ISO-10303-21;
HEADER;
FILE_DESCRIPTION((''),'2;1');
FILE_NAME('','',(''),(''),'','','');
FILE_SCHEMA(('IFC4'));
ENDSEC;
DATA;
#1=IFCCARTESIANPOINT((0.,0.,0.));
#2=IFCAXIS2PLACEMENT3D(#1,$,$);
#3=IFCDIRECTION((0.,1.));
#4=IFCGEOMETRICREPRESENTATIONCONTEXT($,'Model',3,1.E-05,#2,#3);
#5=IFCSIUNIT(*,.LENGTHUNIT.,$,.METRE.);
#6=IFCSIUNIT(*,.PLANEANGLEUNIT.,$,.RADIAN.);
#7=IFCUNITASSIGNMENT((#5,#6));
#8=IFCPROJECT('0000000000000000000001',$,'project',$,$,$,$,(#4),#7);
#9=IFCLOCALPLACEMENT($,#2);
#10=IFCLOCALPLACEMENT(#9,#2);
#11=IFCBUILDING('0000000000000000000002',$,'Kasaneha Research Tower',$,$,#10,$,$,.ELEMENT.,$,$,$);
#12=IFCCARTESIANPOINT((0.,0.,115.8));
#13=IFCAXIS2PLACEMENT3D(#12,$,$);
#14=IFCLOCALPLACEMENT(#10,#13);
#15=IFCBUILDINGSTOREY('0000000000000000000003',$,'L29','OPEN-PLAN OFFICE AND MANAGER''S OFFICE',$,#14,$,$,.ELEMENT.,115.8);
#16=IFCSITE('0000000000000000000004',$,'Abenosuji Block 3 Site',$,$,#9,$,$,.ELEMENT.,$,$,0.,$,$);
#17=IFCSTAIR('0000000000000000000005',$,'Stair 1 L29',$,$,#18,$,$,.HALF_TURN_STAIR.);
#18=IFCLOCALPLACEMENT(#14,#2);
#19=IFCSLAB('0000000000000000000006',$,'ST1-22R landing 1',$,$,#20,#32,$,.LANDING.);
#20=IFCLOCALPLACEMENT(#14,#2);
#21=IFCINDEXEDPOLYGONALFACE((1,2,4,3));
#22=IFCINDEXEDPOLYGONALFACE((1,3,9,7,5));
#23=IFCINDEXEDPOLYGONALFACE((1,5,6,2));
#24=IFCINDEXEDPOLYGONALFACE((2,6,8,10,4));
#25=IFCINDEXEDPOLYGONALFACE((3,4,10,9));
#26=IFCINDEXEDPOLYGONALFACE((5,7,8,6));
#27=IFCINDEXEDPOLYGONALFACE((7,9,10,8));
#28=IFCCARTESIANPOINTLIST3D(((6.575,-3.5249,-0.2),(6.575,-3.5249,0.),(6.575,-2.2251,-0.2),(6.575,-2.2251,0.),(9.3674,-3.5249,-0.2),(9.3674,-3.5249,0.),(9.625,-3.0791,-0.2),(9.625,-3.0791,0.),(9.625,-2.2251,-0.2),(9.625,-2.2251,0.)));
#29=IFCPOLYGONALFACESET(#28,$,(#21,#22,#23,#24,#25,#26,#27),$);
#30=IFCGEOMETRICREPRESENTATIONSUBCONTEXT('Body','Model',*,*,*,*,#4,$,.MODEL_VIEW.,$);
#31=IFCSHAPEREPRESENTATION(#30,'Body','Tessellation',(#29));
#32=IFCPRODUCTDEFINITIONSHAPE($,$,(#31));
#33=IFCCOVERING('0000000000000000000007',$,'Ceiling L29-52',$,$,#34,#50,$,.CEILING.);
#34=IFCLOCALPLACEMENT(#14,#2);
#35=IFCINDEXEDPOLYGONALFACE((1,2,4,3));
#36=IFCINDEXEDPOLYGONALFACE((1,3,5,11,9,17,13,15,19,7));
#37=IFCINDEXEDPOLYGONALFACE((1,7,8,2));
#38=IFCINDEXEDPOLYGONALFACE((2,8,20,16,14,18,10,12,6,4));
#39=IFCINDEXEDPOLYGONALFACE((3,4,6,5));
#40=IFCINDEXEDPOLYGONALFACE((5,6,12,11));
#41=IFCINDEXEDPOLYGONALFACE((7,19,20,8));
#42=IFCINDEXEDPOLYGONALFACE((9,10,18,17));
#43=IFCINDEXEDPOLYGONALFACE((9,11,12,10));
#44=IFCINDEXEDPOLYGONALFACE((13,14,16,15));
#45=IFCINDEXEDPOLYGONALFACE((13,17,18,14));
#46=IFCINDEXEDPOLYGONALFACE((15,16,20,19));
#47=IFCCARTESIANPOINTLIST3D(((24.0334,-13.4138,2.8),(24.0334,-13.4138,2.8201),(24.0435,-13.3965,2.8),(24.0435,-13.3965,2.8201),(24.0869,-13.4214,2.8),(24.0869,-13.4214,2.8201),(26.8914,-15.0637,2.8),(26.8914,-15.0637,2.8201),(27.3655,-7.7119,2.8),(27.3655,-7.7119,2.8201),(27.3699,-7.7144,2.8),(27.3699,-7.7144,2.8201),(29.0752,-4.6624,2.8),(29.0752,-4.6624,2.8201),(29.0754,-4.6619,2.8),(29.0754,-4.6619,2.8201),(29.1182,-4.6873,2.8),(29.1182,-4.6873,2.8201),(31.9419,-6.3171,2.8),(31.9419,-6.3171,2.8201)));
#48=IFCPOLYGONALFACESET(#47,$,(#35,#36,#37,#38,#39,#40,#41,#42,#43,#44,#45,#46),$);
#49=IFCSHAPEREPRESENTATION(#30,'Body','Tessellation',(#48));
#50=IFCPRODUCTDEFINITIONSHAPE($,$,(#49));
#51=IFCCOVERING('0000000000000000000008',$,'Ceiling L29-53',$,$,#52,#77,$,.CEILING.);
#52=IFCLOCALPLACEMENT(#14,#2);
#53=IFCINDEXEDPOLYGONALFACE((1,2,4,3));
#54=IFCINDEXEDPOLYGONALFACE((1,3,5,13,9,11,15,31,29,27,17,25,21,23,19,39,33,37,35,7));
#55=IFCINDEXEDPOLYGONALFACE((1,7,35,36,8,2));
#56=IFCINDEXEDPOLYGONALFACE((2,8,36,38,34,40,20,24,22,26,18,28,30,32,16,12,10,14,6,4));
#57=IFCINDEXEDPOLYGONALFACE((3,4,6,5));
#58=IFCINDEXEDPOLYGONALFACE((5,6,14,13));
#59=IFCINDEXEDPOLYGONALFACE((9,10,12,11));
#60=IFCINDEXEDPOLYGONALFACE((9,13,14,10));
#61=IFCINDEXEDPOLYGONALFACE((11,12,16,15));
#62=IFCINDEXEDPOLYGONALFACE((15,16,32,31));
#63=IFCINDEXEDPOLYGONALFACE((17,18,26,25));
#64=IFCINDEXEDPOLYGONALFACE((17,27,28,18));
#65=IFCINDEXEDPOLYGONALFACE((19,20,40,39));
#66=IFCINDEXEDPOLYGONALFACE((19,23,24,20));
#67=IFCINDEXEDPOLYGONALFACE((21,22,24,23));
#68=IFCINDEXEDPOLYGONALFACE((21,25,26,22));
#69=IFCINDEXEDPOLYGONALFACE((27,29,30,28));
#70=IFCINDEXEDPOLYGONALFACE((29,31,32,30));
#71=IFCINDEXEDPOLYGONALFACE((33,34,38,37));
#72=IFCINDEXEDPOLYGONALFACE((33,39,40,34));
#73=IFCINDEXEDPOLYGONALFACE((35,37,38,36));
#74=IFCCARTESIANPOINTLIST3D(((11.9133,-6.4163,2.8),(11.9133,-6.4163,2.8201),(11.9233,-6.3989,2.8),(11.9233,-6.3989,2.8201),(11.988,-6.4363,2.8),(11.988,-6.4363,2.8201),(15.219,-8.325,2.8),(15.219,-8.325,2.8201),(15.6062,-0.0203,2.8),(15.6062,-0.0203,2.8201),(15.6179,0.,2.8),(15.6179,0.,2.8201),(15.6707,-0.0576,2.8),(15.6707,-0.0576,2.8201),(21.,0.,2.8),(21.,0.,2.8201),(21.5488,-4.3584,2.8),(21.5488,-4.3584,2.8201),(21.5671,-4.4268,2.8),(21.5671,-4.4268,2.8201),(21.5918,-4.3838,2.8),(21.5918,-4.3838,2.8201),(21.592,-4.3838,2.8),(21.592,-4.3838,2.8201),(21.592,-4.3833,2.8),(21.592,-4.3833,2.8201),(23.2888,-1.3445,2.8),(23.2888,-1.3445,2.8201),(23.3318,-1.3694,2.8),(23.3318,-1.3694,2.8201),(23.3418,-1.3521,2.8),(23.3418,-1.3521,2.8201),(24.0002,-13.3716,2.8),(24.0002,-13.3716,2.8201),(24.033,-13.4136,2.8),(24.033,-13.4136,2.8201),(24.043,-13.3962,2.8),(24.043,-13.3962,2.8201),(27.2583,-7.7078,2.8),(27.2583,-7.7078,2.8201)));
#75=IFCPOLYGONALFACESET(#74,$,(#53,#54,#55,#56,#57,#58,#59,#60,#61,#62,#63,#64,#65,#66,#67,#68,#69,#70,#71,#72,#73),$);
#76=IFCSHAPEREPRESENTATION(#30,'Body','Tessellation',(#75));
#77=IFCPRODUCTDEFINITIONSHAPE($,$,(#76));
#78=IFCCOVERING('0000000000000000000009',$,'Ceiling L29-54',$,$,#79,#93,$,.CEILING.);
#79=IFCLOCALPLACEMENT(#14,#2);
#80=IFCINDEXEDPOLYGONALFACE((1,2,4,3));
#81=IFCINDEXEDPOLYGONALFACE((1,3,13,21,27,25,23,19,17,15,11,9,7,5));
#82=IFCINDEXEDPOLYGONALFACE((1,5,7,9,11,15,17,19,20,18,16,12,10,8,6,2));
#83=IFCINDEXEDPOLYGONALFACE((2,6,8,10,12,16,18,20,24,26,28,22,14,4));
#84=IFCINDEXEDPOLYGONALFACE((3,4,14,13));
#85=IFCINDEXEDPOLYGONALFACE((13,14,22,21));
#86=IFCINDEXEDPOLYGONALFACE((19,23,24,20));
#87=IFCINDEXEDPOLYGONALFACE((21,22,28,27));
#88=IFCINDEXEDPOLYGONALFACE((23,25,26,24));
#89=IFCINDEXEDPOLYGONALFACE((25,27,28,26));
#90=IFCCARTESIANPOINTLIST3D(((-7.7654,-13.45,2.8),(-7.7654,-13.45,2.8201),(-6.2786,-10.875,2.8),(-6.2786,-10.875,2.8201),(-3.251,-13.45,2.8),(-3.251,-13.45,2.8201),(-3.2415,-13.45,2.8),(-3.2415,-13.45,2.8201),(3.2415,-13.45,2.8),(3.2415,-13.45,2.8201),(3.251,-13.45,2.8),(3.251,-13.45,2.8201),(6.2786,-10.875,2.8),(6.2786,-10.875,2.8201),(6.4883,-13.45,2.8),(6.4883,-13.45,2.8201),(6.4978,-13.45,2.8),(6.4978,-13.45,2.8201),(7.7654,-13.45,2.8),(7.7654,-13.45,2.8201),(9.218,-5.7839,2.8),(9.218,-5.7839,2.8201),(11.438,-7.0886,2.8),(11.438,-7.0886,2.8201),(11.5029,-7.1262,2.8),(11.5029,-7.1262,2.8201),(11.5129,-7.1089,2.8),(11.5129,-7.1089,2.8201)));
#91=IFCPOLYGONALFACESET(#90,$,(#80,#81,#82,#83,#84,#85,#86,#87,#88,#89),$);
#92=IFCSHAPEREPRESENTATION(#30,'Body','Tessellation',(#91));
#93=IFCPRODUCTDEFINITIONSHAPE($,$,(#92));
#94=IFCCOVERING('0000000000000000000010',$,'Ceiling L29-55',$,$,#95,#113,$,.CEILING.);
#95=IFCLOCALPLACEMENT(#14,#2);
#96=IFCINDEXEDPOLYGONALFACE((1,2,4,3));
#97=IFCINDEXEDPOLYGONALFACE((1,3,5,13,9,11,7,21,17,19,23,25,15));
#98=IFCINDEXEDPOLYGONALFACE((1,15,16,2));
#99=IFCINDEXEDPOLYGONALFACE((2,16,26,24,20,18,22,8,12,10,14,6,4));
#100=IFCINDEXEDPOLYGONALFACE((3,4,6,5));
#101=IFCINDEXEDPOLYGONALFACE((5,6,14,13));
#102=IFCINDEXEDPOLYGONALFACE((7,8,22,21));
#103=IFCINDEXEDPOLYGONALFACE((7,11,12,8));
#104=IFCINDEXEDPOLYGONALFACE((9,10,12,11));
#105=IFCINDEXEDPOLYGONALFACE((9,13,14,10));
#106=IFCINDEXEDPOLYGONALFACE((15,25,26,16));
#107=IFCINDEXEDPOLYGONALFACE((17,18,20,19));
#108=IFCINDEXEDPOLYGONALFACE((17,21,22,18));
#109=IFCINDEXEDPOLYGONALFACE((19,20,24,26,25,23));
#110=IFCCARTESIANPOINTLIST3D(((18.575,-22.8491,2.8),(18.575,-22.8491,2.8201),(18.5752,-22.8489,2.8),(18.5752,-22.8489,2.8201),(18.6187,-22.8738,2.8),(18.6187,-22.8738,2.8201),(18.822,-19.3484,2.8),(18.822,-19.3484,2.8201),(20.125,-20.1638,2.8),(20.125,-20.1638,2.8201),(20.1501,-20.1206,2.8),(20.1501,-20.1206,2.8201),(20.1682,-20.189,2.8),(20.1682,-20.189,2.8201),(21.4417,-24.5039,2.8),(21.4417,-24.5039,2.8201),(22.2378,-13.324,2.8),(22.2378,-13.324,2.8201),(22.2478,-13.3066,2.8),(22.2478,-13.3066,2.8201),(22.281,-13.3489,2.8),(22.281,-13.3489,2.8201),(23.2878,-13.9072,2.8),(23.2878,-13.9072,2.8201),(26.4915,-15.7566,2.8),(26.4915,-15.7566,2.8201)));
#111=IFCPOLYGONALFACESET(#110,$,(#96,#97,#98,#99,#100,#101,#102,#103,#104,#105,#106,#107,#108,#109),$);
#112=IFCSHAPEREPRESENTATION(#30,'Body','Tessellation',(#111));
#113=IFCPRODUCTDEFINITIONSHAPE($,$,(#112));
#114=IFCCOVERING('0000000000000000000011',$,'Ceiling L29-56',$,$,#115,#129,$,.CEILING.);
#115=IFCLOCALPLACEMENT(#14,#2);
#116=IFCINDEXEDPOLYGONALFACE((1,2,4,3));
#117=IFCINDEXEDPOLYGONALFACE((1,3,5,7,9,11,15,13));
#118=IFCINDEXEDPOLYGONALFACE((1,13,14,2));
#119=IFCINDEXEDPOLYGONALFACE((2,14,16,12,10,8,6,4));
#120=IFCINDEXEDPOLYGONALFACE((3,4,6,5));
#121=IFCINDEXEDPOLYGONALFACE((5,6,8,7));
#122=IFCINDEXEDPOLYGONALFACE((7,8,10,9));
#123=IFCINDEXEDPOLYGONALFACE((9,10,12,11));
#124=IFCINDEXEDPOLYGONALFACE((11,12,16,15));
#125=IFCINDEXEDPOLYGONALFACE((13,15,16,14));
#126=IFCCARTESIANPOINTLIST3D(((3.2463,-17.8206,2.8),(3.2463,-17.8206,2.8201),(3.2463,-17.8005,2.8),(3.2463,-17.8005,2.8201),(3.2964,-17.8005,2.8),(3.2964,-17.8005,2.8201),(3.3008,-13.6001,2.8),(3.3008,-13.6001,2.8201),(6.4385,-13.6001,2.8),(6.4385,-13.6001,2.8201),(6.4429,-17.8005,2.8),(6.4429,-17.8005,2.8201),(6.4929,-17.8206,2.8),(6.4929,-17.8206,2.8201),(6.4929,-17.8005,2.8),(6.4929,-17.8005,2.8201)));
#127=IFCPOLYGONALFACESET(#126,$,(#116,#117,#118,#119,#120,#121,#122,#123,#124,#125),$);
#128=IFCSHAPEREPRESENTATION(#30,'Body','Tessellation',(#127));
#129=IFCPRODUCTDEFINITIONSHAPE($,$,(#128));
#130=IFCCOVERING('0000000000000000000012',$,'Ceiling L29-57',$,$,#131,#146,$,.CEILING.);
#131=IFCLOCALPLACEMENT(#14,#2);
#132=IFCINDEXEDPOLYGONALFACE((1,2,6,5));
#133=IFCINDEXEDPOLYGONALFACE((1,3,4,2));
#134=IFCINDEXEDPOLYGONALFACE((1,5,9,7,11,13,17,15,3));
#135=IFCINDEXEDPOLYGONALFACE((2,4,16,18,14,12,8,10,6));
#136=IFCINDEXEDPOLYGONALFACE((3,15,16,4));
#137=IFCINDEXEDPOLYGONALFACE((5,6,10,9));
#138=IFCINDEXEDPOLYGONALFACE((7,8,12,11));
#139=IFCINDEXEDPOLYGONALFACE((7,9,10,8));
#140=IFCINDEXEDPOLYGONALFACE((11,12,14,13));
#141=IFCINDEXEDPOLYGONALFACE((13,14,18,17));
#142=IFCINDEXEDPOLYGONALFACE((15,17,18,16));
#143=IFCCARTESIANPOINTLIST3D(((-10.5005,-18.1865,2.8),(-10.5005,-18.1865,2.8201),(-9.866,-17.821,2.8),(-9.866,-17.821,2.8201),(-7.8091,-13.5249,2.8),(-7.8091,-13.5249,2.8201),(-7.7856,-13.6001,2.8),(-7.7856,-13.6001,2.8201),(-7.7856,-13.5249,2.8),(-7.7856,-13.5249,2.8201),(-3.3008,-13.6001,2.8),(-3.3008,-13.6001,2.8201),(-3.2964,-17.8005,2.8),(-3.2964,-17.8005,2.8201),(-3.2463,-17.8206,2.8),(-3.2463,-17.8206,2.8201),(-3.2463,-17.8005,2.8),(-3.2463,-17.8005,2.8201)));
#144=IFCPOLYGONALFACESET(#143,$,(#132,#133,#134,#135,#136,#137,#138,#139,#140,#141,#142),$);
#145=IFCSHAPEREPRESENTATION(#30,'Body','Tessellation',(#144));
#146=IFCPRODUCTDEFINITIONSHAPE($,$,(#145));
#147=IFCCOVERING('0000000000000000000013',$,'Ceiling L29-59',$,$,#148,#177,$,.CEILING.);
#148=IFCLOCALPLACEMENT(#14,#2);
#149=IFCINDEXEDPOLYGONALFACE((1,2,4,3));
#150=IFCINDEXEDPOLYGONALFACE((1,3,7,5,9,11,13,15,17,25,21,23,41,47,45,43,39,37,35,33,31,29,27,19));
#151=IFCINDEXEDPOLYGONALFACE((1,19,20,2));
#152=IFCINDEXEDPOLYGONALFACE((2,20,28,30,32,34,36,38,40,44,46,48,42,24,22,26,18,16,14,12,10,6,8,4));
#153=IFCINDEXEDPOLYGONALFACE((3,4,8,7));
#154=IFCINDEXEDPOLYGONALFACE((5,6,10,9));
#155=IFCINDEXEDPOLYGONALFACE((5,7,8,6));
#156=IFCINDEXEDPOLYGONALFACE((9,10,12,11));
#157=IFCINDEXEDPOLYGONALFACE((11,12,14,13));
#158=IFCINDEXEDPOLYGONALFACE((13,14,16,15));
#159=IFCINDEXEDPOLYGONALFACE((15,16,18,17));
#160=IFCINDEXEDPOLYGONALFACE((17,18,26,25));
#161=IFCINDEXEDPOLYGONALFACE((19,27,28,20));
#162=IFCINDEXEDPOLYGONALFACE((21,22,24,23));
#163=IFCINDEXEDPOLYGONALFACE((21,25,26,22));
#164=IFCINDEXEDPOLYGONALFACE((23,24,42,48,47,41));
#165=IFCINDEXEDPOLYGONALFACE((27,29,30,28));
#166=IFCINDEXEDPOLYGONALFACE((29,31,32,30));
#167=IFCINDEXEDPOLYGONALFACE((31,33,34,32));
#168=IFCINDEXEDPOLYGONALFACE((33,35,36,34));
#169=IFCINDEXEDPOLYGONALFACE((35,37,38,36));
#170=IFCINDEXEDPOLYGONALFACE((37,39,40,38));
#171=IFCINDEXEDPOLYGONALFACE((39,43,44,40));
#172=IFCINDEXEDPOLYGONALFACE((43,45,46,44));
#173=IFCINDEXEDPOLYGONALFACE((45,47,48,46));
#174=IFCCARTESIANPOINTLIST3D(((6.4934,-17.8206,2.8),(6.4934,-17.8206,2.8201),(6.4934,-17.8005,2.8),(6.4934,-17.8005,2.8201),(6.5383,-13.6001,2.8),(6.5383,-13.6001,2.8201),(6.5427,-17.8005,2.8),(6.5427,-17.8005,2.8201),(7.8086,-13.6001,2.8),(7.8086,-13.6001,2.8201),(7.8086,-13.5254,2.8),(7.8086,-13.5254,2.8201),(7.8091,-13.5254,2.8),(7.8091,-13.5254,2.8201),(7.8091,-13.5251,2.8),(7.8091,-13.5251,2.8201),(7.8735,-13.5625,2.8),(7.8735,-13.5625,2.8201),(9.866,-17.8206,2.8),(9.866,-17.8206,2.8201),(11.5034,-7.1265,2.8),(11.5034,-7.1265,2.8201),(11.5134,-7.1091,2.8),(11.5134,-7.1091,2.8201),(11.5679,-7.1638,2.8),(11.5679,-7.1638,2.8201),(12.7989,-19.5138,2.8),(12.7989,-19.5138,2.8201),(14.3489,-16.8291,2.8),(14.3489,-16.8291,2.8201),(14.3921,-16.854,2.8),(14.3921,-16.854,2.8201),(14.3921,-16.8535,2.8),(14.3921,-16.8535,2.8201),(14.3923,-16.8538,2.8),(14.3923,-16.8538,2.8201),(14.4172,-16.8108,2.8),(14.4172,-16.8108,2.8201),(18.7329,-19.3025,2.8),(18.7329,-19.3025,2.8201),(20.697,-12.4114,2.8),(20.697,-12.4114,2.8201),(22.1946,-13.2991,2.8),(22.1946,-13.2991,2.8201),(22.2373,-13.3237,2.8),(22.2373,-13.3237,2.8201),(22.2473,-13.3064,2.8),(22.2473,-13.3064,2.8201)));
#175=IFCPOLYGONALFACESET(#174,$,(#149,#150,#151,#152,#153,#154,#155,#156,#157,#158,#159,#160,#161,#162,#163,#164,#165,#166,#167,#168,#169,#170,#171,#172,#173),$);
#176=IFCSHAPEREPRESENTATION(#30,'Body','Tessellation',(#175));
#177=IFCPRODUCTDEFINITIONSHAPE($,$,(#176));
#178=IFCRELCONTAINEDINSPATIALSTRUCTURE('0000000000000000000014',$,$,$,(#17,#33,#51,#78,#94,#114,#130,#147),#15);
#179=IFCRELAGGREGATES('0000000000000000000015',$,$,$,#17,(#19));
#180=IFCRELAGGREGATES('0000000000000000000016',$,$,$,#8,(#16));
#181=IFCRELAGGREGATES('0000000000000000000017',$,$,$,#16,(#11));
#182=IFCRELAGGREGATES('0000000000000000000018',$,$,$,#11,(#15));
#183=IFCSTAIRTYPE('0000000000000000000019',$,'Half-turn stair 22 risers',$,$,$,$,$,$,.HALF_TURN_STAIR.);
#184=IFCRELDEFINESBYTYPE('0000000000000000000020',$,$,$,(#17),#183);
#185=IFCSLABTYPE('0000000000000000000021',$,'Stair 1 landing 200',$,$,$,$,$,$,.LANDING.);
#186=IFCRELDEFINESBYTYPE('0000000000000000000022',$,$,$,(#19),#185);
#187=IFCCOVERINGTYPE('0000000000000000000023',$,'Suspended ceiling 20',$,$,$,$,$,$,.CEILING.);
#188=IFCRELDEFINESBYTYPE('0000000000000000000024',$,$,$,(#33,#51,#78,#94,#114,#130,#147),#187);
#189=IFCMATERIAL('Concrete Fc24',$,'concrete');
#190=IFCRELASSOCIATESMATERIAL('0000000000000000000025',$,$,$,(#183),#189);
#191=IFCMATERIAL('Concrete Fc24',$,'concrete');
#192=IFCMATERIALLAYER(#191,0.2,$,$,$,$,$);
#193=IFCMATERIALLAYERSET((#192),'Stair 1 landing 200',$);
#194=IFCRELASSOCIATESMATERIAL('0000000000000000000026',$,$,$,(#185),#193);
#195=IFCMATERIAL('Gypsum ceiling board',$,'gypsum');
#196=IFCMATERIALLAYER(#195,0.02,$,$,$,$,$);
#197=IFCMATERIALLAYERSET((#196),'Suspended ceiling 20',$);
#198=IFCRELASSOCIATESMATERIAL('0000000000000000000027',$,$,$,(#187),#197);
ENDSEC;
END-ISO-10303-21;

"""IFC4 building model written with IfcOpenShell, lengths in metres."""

from ifc_helpers import new_model, si_unit, direction, frame, origin, place, context, subcontext, project, spatial, polyline, outline, extrude, material, layer, layer_set, type_object, element, aggregate, save


model = new_model("IFC4")

# Units and contexts
model_context = context("Model", 3, precision=1e-05, world=origin(), true_north=direction((0.0, 1.0)))
body_context = subcontext(model_context, "Body", "Model", "MODEL_VIEW")
ifc_project = project(units=[si_unit("LENGTHUNIT", "METRE"), si_unit("PLANEANGLEUNIT", "RADIAN")], contexts=[model_context])

# Site, building, storey
site_placement = place(None, origin())
site = spatial("IfcSite", under=ifc_project, at=site_placement, Name="Abenosuji Block 3 Site", CompositionType="ELEMENT", RefElevation=0.0)
building_placement = place(site_placement, origin())
building = spatial("IfcBuilding", under=site, at=building_placement, Name="Kasaneha Research Tower", CompositionType="ELEMENT")
storey_placement = place(building_placement, frame((0.0, 0.0, 115.8)))
storey = spatial("IfcBuildingStorey", under=building, at=storey_placement, Name="L29", Description="OPEN-PLAN OFFICE AND MANAGER'S OFFICE", CompositionType="ELEMENT", Elevation=115.8)

# Stair, slab
ifc_material_1 = material(Name="Concrete Fc24", Category="concrete")
stair_type = type_object("IfcStairType", Name="Half-turn stair 22 risers", PredefinedType="HALF_TURN_STAIR", material=ifc_material_1)
stair_placement = place(storey_placement, origin())
stair = element("IfcStair", 1, at=stair_placement, inside=storey, type_object=stair_type, Name="Stair 1 L29", PredefinedType="HALF_TURN_STAIR")
ifc_material_2 = material(Name="Concrete Fc24", Category="concrete")
ifc_layer_1 = layer(ifc_material_2, 0.2)
ifc_layer_set_1 = layer_set([ifc_layer_1], Name="Stair 1 landing 200")
slab_type = type_object("IfcSlabType", Name="Stair 1 landing 200", PredefinedType="LANDING", material=ifc_layer_set_1)
slab_placement = place(storey_placement, frame((0.0, 0.0, -0.2)))
slab = element("IfcSlab", 2, at=slab_placement, type_object=slab_type, Name="ST1-22R landing 1", PredefinedType="LANDING", context=body_context, shape_type="SweptSolid", body=[
    extrude(outline(polyline([(9.3674, -3.5249), (6.575, -3.5249), (6.575, -2.2251), (9.625, -2.2251), (9.625, -3.0791), (9.3674, -3.5249)])), origin(), (0.0, 0.0, 1.0), 0.2),
])
aggregate(stair, [slab])

# Coverings
ifc_material_3 = material(Name="Gypsum ceiling board", Category="gypsum")
ifc_layer_2 = layer(ifc_material_3, 0.02)
ifc_layer_set_2 = layer_set([ifc_layer_2], Name="Suspended ceiling 20")
covering_type_1 = type_object("IfcCoveringType", Name="Suspended ceiling 20", PredefinedType="CEILING", material=ifc_layer_set_2)
covering_1_placement = place(storey_placement, frame((0.0, 0.0, 2.8)))
element("IfcCovering", 3, at=covering_1_placement, inside=storey, type_object=covering_type_1, Name="Ceiling L29-52", PredefinedType="CEILING", context=body_context, shape_type="SweptSolid", body=[
    extrude(outline(polyline([(29.0754, -4.6619), (31.9419, -6.3171), (26.8914, -15.0637), (24.0334, -13.4138), (24.0435, -13.3965), (24.0869, -13.4214), (27.3699, -7.7144), (27.3655, -7.7119), (29.1182, -4.6873), (29.0752, -4.6624), (29.0754, -4.6619)])), origin(), (0.0, 0.0, 1.0), 0.02),
])
covering_2_placement = place(storey_placement, frame((0.0, 0.0, 2.8)))
element("IfcCovering", 4, at=covering_2_placement, inside=storey, type_object=covering_type_1, Name="Ceiling L29-53", PredefinedType="CEILING", context=body_context, shape_type="SweptSolid", body=[
    extrude(outline(polyline([(21.0, 0.0), (23.3418, -1.3521), (23.3318, -1.3694), (23.2888, -1.3445), (21.5488, -4.3584), (21.592, -4.3833), (21.5918, -4.3838), (21.592, -4.3838), (21.5671, -4.4268), (27.2583, -7.7078), (24.0002, -13.3716), (24.043, -13.3962), (24.033, -13.4136), (15.219, -8.325), (11.9133, -6.4163), (11.9233, -6.3989), (11.988, -6.4363), (15.6707, -0.0576), (15.6062, -0.0203), (15.6179, 0.0), (21.0, 0.0)])), origin(), (0.0, 0.0, 1.0), 0.02),
])
covering_3_placement = place(storey_placement, frame((0.0, 0.0, 2.8)))
element("IfcCovering", 5, at=covering_3_placement, inside=storey, type_object=covering_type_1, Name="Ceiling L29-54", PredefinedType="CEILING", context=body_context, shape_type="SweptSolid", body=[
    extrude(outline(polyline([(-6.2786, -10.875), (6.2786, -10.875), (9.218, -5.7839), (11.5129, -7.1089), (11.5029, -7.1262), (11.438, -7.0886), (7.7654, -13.45), (6.4978, -13.45), (6.4883, -13.45), (3.251, -13.45), (3.2415, -13.45), (-3.2415, -13.45), (-3.251, -13.45), (-7.7654, -13.45), (-7.7654, -13.45), (-6.2786, -10.875)])), origin(), (0.0, 0.0, 1.0), 0.02),
])
covering_4_placement = place(storey_placement, frame((0.0, 0.0, 2.8)))
element("IfcCovering", 6, at=covering_4_placement, inside=storey, type_object=covering_type_1, Name="Ceiling L29-55", PredefinedType="CEILING", context=body_context, shape_type="SweptSolid", body=[
    extrude(outline(polyline([(18.575, -22.8491), (18.5752, -22.8489), (18.6187, -22.8738), (20.1682, -20.189), (20.125, -20.1638), (20.1501, -20.1206), (18.822, -19.3484), (22.281, -13.3489), (22.2378, -13.324), (22.2478, -13.3066), (23.2878, -13.9072), (26.4915, -15.7566), (21.4417, -24.5039), (18.575, -22.8491)])), origin(), (0.0, 0.0, 1.0), 0.02),
])
covering_5_placement = place(storey_placement, frame((0.0, 0.0, 2.8)))
element("IfcCovering", 7, at=covering_5_placement, inside=storey, type_object=covering_type_1, Name="Ceiling L29-56", PredefinedType="CEILING", context=body_context, shape_type="SweptSolid", body=[
    extrude(outline(polyline([(3.2463, -17.8005), (3.2964, -17.8005), (3.3008, -13.6001), (6.4385, -13.6001), (6.4429, -17.8005), (6.4929, -17.8005), (6.4929, -17.8206), (3.2463, -17.8206), (3.2463, -17.8005)])), origin(), (0.0, 0.0, 1.0), 0.02),
])
covering_6_placement = place(storey_placement, frame((0.0, 0.0, 2.8)))
element("IfcCovering", 8, at=covering_6_placement, inside=storey, type_object=covering_type_1, Name="Ceiling L29-57", PredefinedType="CEILING", context=body_context, shape_type="SweptSolid", body=[
    extrude(outline(polyline([(-10.5005, -18.1865), (-7.8091, -13.5249), (-7.7856, -13.5249), (-7.7856, -13.6001), (-3.3008, -13.6001), (-3.2964, -17.8005), (-3.2463, -17.8005), (-3.2463, -17.8206), (-9.866, -17.821), (-10.5005, -18.1865)])), origin(), (0.0, 0.0, 1.0), 0.02),
])
covering_7_placement = place(storey_placement, frame((0.0, 0.0, 2.8)))
element("IfcCovering", 9, at=covering_7_placement, inside=storey, type_object=covering_type_1, Name="Ceiling L29-59", PredefinedType="CEILING", context=body_context, shape_type="SweptSolid", body=[
    extrude(outline(polyline([(7.8091, -13.5251), (7.8735, -13.5625), (11.5679, -7.1638), (11.5034, -7.1265), (11.5134, -7.1091), (20.697, -12.4114), (22.2473, -13.3064), (22.2373, -13.3237), (22.1946, -13.2991), (18.7329, -19.3025), (14.4172, -16.8108), (14.3923, -16.8538), (14.3921, -16.8535), (14.3921, -16.854), (14.3489, -16.8291), (12.7988, -19.5139), (12.8418, -19.5386), (12.8418, -19.5386), (9.866, -17.8206), (6.4934, -17.8206), (6.4934, -17.8005), (6.5427, -17.8005), (6.5383, -13.6001), (7.8086, -13.6001), (7.8086, -13.5254), (7.8091, -13.5254), (7.8091, -13.5251)])), origin(), (0.0, 0.0, 1.0), 0.02),
])

save(model, "model.ifc")
